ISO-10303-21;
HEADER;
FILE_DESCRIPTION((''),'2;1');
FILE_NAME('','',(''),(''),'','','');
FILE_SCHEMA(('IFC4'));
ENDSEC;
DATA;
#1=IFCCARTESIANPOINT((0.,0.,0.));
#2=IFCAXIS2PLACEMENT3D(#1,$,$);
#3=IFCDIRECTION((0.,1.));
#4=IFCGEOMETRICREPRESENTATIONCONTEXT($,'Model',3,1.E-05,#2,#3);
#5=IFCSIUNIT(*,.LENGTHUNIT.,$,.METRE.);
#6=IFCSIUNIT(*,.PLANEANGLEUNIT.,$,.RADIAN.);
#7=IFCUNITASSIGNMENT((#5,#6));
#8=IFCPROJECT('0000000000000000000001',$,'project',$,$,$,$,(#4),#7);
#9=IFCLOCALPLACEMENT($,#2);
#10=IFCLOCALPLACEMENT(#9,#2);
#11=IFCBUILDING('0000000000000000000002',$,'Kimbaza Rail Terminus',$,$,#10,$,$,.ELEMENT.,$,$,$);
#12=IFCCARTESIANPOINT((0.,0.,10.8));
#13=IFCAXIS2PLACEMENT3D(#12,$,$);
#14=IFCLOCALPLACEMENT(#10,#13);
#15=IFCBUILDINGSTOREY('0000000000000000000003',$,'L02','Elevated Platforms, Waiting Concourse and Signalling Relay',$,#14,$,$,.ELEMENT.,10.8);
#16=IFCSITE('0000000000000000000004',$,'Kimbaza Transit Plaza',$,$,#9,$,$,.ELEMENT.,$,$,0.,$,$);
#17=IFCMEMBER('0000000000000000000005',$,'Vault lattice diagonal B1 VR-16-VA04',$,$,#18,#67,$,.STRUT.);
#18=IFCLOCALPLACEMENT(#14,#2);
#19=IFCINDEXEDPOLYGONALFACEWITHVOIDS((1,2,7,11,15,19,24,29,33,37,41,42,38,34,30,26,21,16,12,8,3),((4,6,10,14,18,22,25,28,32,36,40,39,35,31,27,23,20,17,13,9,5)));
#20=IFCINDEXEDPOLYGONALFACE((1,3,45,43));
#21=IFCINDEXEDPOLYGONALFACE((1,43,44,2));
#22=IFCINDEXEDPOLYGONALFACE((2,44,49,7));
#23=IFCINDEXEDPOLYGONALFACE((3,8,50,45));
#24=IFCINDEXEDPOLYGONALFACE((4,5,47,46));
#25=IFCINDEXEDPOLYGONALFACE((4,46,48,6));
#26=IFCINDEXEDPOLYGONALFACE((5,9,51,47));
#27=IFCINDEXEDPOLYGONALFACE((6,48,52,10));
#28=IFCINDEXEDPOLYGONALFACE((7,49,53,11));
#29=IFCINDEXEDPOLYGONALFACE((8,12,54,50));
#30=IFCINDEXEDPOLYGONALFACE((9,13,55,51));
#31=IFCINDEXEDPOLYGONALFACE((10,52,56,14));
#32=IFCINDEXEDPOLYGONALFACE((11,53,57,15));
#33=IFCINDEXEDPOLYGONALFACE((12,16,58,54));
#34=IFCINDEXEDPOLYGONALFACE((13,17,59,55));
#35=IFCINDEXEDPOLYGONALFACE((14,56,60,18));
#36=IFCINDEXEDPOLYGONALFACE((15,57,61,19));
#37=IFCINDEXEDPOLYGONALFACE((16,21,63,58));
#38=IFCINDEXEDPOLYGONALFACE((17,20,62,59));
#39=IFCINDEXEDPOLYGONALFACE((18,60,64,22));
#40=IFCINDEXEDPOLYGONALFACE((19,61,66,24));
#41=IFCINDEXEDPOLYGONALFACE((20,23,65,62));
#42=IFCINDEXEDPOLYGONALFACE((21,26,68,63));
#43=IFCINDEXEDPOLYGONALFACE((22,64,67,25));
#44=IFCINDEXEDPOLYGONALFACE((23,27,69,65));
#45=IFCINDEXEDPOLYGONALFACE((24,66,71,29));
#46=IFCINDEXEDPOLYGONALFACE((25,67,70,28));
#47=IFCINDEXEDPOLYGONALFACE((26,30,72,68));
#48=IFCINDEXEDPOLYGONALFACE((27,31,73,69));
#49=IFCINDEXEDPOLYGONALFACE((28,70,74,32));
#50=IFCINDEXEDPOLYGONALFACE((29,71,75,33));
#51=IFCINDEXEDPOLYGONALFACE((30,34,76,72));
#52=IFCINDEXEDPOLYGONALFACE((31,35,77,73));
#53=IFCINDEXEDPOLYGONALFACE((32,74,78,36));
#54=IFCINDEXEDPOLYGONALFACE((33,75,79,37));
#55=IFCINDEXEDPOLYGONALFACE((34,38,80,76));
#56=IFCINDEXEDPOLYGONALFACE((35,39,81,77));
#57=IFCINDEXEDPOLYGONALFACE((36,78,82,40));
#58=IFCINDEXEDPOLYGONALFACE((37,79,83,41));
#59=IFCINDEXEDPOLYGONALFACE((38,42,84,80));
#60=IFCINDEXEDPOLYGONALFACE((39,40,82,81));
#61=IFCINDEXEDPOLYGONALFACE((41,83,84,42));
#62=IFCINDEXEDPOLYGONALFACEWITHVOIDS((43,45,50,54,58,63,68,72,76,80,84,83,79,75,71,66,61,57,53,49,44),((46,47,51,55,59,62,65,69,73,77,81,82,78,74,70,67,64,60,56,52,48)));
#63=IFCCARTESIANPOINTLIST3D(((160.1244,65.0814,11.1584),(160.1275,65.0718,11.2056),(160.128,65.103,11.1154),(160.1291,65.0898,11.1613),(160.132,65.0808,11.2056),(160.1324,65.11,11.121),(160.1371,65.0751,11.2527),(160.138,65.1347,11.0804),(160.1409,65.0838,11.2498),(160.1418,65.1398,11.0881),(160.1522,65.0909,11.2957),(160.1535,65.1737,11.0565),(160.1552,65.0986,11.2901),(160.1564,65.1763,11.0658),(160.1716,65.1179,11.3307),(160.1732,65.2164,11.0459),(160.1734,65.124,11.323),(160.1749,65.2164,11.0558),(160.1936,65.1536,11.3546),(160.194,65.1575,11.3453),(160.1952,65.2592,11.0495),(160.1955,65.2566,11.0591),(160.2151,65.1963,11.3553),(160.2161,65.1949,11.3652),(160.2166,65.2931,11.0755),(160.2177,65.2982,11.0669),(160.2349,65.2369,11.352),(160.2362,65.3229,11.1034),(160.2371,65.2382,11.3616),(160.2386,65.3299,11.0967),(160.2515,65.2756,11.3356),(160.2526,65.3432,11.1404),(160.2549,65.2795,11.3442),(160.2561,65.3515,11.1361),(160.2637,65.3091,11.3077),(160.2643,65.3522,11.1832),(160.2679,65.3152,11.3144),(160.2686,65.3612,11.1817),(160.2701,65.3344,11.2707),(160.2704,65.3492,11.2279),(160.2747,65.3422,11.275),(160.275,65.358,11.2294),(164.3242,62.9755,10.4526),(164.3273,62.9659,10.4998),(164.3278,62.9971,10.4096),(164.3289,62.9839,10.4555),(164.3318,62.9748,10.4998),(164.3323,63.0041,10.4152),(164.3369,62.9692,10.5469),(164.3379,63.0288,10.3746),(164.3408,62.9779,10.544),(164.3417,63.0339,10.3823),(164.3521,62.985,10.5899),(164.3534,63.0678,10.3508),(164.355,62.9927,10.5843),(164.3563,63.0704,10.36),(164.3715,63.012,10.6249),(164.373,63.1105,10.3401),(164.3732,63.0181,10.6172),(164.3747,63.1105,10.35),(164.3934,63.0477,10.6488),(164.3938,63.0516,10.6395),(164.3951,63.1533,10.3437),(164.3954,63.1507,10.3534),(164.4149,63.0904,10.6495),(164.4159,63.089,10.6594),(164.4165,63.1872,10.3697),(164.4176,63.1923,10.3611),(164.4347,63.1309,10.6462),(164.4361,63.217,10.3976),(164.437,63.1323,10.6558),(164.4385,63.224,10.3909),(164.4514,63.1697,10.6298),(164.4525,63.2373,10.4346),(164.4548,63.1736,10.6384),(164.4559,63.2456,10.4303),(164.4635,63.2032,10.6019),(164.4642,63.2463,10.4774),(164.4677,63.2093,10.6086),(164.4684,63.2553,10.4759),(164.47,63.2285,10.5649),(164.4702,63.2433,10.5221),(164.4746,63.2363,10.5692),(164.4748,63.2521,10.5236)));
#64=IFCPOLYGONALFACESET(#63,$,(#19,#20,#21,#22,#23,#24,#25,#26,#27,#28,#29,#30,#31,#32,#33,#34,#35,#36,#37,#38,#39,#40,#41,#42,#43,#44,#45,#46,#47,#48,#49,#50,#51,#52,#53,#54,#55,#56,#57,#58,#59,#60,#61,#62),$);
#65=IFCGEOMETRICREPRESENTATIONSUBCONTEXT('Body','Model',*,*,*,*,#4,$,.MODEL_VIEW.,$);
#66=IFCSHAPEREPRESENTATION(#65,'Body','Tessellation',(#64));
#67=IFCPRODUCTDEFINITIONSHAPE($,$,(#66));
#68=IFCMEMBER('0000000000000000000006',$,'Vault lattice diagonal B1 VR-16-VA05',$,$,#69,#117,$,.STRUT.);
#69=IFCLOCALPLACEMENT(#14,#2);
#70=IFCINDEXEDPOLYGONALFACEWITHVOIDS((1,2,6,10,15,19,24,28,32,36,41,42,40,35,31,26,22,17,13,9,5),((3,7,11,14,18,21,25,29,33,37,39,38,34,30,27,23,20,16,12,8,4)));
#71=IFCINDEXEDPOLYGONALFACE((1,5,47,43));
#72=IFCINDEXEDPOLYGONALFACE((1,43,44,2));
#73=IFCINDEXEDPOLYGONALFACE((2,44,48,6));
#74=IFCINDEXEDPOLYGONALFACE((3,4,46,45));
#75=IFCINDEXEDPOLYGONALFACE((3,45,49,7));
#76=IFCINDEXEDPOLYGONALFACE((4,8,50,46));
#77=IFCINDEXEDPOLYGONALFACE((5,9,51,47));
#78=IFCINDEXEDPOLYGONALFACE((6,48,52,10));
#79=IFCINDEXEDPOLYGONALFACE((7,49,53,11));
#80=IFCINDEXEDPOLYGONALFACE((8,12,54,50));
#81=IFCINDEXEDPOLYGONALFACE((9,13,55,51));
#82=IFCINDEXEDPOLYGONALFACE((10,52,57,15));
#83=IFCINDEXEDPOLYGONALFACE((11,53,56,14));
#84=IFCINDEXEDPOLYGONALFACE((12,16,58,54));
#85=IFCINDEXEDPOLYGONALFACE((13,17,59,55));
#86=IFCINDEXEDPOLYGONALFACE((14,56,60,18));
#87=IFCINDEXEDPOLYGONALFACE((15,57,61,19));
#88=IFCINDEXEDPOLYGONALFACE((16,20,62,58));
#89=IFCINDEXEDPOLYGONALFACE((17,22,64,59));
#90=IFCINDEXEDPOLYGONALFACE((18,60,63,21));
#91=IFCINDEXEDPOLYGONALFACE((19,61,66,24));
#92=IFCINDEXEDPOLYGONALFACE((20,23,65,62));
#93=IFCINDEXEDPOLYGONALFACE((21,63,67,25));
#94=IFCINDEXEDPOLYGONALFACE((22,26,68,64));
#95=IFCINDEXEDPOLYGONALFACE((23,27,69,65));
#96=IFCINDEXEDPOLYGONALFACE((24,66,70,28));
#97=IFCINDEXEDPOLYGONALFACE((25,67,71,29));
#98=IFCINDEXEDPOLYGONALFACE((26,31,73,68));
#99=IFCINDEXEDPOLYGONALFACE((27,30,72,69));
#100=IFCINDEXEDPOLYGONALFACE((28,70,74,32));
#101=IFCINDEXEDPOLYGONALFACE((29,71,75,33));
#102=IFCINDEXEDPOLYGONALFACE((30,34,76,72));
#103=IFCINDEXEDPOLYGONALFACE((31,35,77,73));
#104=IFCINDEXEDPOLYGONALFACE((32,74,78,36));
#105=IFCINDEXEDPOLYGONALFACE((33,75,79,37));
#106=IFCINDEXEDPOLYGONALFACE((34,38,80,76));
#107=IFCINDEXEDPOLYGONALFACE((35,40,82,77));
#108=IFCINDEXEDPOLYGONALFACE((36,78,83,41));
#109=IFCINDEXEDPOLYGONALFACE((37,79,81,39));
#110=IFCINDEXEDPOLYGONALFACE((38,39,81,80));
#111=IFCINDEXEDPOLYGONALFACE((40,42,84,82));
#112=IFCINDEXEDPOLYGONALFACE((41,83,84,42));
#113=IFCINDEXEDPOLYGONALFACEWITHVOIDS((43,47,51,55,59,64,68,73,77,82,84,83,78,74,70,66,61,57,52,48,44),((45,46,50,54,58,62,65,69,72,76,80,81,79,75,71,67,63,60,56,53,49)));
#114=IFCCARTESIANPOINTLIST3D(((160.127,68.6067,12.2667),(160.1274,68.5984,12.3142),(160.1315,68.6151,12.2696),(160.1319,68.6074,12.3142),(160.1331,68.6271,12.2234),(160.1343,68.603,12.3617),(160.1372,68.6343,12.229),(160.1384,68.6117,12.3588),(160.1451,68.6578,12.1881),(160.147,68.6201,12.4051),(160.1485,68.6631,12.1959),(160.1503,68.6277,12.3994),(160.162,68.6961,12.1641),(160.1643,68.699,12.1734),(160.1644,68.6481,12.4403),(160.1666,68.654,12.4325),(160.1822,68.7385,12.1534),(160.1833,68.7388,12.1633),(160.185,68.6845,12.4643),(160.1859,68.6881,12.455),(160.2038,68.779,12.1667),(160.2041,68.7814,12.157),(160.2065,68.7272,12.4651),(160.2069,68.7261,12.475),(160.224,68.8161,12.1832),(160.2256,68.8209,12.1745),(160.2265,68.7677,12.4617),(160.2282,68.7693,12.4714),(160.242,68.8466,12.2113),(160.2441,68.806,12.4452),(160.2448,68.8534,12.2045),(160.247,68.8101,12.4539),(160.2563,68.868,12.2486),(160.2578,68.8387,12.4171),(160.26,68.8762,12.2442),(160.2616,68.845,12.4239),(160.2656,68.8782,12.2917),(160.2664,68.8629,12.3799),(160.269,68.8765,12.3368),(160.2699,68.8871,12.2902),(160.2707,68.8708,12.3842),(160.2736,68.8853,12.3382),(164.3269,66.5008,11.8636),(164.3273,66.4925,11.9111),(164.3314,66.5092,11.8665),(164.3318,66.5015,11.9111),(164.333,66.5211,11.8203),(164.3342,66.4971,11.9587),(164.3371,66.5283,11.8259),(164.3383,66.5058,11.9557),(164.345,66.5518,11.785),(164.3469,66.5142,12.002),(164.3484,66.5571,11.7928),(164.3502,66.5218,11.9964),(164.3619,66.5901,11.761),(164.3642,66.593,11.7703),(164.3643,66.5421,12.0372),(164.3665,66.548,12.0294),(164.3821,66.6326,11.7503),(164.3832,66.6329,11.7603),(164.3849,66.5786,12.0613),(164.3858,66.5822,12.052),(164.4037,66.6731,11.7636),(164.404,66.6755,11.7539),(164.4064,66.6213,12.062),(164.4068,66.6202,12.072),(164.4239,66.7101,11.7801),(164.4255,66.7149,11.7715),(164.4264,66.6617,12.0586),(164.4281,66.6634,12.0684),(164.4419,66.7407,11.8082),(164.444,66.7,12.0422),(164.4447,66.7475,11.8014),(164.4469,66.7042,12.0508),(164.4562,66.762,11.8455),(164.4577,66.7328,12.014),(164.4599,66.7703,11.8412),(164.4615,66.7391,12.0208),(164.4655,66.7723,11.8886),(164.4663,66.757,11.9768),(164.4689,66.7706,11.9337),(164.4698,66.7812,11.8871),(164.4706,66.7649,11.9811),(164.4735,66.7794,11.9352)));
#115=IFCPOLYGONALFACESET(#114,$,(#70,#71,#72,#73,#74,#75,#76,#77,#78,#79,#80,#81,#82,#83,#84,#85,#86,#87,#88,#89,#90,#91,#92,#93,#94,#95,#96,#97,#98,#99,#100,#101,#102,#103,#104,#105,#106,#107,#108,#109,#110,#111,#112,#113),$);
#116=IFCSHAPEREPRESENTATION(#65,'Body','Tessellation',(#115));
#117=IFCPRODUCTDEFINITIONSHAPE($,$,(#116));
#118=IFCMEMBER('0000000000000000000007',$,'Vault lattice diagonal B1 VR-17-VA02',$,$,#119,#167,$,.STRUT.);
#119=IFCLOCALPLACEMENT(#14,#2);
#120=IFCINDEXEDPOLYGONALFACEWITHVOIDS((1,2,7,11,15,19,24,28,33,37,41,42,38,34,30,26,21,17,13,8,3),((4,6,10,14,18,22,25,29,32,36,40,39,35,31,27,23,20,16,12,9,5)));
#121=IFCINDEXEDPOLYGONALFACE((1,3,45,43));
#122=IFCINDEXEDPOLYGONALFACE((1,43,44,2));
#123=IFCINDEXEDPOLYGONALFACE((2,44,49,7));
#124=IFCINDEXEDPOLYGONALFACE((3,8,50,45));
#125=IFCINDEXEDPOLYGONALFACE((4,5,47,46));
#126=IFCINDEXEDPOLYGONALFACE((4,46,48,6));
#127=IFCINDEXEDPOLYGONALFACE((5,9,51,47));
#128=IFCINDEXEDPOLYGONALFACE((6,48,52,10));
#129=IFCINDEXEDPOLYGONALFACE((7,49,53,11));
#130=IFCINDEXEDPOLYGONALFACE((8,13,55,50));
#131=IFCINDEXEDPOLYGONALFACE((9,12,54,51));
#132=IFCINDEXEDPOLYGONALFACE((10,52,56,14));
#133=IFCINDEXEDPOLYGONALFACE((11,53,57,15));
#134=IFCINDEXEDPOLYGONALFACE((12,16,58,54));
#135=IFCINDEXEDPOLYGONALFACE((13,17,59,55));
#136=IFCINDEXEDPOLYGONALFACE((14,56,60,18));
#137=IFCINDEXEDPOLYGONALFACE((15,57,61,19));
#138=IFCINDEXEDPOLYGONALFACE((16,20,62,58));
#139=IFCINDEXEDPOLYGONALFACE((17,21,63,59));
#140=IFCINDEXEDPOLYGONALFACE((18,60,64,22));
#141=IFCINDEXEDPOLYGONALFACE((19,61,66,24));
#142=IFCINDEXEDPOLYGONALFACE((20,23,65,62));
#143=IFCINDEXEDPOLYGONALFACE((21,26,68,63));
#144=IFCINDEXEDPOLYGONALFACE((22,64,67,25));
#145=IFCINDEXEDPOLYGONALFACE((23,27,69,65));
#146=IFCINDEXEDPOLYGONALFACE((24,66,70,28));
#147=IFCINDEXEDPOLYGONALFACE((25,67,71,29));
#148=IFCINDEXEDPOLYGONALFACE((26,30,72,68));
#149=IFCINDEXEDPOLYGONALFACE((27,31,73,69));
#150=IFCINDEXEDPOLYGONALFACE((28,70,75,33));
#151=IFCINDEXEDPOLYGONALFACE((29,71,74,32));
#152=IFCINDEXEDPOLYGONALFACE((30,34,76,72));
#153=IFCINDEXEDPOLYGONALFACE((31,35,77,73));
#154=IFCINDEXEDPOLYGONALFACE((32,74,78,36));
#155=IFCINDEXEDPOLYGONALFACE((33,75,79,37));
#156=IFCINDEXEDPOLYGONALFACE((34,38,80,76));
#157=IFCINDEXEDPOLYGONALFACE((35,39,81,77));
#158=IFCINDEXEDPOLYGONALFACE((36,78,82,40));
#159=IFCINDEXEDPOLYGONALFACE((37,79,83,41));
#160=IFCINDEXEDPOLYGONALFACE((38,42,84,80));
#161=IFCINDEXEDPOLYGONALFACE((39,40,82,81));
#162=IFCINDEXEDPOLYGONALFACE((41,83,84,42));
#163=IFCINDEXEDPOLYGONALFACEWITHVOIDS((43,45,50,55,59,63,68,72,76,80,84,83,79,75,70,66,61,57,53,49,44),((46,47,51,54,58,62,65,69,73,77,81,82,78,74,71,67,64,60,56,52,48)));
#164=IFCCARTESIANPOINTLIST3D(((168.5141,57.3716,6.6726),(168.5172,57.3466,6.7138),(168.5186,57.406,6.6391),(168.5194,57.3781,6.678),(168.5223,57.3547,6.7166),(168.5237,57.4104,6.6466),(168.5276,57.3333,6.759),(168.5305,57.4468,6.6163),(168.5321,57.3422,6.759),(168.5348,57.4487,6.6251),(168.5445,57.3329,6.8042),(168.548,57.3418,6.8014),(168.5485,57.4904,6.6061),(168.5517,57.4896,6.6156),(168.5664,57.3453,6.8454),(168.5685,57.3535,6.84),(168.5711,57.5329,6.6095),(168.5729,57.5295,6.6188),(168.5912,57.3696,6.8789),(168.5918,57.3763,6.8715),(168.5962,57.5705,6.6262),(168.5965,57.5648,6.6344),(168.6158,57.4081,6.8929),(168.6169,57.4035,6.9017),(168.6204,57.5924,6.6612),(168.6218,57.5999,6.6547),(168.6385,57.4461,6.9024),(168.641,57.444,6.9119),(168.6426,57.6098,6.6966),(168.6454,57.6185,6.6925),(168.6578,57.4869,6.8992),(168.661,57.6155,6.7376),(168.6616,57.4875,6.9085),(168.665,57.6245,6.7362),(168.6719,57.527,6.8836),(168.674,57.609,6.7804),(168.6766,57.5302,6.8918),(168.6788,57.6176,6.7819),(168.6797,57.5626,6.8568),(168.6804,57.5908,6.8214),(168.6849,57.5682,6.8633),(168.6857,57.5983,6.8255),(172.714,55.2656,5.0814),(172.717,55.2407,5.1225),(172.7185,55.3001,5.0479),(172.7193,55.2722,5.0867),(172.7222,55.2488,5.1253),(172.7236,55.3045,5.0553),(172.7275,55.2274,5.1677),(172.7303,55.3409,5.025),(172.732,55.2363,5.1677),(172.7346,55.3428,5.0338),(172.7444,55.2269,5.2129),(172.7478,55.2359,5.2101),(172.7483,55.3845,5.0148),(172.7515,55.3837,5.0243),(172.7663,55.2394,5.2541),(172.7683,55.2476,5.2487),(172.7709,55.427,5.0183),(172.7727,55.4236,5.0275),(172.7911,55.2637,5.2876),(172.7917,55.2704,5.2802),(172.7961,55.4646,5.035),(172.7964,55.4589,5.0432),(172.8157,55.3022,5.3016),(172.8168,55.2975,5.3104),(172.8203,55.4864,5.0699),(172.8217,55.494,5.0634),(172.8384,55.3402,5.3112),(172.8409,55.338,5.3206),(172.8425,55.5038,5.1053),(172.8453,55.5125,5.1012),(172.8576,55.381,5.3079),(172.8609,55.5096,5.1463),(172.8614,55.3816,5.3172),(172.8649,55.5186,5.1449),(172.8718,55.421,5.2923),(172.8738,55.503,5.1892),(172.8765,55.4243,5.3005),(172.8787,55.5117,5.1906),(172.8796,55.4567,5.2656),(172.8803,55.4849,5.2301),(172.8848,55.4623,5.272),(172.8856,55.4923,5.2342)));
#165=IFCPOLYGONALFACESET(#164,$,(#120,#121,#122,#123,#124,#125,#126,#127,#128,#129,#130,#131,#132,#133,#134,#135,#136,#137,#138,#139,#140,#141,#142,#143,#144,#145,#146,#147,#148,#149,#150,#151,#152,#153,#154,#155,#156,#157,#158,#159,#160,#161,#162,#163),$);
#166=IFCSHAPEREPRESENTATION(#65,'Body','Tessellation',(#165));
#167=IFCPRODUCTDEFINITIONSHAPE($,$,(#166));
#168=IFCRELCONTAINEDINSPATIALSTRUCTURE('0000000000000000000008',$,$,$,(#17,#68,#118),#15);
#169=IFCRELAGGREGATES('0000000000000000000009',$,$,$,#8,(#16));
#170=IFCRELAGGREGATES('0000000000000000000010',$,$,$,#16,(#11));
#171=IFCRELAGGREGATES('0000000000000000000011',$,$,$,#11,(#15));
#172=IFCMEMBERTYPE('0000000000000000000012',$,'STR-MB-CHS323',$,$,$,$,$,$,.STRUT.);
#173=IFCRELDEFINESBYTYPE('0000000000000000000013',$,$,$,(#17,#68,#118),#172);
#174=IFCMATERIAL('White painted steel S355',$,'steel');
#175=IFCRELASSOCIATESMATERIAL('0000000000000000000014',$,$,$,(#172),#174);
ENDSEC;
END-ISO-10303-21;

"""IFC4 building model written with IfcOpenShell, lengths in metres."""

from ifc_helpers import new_model, si_unit, direction, frame, origin, origin_2d, place, context, subcontext, project, spatial, hollow_circle, extrude, material, material_profile, profile_set, type_object, element, save


model = new_model("IFC4")

# Units and contexts
model_context = context("Model", 3, precision=1e-05, world=origin(), true_north=direction((0.0, 1.0)))
body_context = subcontext(model_context, "Body", "Model", "MODEL_VIEW")
ifc_project = project(units=[si_unit("LENGTHUNIT", "METRE"), si_unit("PLANEANGLEUNIT", "RADIAN")], contexts=[model_context])

# Site, building, storey
site_placement = place(None, origin())
site = spatial("IfcSite", under=ifc_project, at=site_placement, Name="Kimbaza Transit Plaza", CompositionType="ELEMENT", RefElevation=0.0)
building_placement = place(site_placement, origin())
building = spatial("IfcBuilding", under=site, at=building_placement, Name="Kimbaza Rail Terminus", CompositionType="ELEMENT")
storey_placement = place(building_placement, frame((0.0, 0.0, 10.8)))
storey = spatial("IfcBuildingStorey", under=building, at=storey_placement, Name="L02", Description="Elevated Platforms, Waiting Concourse and Signalling Relay", CompositionType="ELEMENT", Elevation=10.8)

# Members
ifc_material_1 = material(Name="White painted steel S355", Category="steel")
ifc_material_profile_1 = material_profile(ifc_material_1, hollow_circle(Radius=0.1619, WallThickness=0.01, at=origin_2d()), Name="CHS 323.9x10")
ifc_profile_set_1 = profile_set([ifc_material_profile_1], Name="White painted steel S355")
member_type_1 = type_object("IfcMemberType", Name="STR-MB-CHS323", PredefinedType="STRUT", material=ifc_profile_set_1)
member_1_placement = place(storey_placement, frame((164.3999, 63.1106, 10.4998), z_axis=(-0.883998, 0.443258, 0.148558), x_axis=(-0.448232, -0.893917, 0.0)))
element("IfcMember", 1, at=member_1_placement, inside=storey, type_object=member_type_1, Name="Vault lattice diagonal B1 VR-16-VA04", PredefinedType="STRUT", context=body_context, shape_type="SweptSolid", body=[
    extrude(hollow_circle(Radius=0.1619, WallThickness=0.01, at=origin_2d()), origin(), (0.0, 0.0, 1.0), 4.751),
])
member_2_placement = place(storey_placement, frame((164.3999, 66.6372, 11.9111), z_axis=(-0.890646, 0.446591, 0.085477), x_axis=(-0.448232, -0.893917, 0.0)))
element("IfcMember", 2, at=member_2_placement, inside=storey, type_object=member_type_1, Name="Vault lattice diagonal B1 VR-16-VA05", PredefinedType="STRUT", context=body_context, shape_type="SweptSolid", body=[
    extrude(hollow_circle(Radius=0.1619, WallThickness=0.01, at=origin_2d()), origin(), (0.0, 0.0, 1.0), 4.7156),
])
member_3_placement = place(storey_placement, frame((172.8, 55.3721, 5.1677), z_axis=(-0.846673, 0.424542, 0.320794), x_axis=(-0.448232, -0.893917, 0.0)))
element("IfcMember", 3, at=member_3_placement, inside=storey, type_object=member_type_1, Name="Vault lattice diagonal B1 VR-17-VA02", PredefinedType="STRUT", context=body_context, shape_type="SweptSolid", body=[
    extrude(hollow_circle(Radius=0.1619, WallThickness=0.01, at=origin_2d()), origin(), (0.0, 0.0, 1.0), 4.9604),
])

save(model, "model.ifc")
